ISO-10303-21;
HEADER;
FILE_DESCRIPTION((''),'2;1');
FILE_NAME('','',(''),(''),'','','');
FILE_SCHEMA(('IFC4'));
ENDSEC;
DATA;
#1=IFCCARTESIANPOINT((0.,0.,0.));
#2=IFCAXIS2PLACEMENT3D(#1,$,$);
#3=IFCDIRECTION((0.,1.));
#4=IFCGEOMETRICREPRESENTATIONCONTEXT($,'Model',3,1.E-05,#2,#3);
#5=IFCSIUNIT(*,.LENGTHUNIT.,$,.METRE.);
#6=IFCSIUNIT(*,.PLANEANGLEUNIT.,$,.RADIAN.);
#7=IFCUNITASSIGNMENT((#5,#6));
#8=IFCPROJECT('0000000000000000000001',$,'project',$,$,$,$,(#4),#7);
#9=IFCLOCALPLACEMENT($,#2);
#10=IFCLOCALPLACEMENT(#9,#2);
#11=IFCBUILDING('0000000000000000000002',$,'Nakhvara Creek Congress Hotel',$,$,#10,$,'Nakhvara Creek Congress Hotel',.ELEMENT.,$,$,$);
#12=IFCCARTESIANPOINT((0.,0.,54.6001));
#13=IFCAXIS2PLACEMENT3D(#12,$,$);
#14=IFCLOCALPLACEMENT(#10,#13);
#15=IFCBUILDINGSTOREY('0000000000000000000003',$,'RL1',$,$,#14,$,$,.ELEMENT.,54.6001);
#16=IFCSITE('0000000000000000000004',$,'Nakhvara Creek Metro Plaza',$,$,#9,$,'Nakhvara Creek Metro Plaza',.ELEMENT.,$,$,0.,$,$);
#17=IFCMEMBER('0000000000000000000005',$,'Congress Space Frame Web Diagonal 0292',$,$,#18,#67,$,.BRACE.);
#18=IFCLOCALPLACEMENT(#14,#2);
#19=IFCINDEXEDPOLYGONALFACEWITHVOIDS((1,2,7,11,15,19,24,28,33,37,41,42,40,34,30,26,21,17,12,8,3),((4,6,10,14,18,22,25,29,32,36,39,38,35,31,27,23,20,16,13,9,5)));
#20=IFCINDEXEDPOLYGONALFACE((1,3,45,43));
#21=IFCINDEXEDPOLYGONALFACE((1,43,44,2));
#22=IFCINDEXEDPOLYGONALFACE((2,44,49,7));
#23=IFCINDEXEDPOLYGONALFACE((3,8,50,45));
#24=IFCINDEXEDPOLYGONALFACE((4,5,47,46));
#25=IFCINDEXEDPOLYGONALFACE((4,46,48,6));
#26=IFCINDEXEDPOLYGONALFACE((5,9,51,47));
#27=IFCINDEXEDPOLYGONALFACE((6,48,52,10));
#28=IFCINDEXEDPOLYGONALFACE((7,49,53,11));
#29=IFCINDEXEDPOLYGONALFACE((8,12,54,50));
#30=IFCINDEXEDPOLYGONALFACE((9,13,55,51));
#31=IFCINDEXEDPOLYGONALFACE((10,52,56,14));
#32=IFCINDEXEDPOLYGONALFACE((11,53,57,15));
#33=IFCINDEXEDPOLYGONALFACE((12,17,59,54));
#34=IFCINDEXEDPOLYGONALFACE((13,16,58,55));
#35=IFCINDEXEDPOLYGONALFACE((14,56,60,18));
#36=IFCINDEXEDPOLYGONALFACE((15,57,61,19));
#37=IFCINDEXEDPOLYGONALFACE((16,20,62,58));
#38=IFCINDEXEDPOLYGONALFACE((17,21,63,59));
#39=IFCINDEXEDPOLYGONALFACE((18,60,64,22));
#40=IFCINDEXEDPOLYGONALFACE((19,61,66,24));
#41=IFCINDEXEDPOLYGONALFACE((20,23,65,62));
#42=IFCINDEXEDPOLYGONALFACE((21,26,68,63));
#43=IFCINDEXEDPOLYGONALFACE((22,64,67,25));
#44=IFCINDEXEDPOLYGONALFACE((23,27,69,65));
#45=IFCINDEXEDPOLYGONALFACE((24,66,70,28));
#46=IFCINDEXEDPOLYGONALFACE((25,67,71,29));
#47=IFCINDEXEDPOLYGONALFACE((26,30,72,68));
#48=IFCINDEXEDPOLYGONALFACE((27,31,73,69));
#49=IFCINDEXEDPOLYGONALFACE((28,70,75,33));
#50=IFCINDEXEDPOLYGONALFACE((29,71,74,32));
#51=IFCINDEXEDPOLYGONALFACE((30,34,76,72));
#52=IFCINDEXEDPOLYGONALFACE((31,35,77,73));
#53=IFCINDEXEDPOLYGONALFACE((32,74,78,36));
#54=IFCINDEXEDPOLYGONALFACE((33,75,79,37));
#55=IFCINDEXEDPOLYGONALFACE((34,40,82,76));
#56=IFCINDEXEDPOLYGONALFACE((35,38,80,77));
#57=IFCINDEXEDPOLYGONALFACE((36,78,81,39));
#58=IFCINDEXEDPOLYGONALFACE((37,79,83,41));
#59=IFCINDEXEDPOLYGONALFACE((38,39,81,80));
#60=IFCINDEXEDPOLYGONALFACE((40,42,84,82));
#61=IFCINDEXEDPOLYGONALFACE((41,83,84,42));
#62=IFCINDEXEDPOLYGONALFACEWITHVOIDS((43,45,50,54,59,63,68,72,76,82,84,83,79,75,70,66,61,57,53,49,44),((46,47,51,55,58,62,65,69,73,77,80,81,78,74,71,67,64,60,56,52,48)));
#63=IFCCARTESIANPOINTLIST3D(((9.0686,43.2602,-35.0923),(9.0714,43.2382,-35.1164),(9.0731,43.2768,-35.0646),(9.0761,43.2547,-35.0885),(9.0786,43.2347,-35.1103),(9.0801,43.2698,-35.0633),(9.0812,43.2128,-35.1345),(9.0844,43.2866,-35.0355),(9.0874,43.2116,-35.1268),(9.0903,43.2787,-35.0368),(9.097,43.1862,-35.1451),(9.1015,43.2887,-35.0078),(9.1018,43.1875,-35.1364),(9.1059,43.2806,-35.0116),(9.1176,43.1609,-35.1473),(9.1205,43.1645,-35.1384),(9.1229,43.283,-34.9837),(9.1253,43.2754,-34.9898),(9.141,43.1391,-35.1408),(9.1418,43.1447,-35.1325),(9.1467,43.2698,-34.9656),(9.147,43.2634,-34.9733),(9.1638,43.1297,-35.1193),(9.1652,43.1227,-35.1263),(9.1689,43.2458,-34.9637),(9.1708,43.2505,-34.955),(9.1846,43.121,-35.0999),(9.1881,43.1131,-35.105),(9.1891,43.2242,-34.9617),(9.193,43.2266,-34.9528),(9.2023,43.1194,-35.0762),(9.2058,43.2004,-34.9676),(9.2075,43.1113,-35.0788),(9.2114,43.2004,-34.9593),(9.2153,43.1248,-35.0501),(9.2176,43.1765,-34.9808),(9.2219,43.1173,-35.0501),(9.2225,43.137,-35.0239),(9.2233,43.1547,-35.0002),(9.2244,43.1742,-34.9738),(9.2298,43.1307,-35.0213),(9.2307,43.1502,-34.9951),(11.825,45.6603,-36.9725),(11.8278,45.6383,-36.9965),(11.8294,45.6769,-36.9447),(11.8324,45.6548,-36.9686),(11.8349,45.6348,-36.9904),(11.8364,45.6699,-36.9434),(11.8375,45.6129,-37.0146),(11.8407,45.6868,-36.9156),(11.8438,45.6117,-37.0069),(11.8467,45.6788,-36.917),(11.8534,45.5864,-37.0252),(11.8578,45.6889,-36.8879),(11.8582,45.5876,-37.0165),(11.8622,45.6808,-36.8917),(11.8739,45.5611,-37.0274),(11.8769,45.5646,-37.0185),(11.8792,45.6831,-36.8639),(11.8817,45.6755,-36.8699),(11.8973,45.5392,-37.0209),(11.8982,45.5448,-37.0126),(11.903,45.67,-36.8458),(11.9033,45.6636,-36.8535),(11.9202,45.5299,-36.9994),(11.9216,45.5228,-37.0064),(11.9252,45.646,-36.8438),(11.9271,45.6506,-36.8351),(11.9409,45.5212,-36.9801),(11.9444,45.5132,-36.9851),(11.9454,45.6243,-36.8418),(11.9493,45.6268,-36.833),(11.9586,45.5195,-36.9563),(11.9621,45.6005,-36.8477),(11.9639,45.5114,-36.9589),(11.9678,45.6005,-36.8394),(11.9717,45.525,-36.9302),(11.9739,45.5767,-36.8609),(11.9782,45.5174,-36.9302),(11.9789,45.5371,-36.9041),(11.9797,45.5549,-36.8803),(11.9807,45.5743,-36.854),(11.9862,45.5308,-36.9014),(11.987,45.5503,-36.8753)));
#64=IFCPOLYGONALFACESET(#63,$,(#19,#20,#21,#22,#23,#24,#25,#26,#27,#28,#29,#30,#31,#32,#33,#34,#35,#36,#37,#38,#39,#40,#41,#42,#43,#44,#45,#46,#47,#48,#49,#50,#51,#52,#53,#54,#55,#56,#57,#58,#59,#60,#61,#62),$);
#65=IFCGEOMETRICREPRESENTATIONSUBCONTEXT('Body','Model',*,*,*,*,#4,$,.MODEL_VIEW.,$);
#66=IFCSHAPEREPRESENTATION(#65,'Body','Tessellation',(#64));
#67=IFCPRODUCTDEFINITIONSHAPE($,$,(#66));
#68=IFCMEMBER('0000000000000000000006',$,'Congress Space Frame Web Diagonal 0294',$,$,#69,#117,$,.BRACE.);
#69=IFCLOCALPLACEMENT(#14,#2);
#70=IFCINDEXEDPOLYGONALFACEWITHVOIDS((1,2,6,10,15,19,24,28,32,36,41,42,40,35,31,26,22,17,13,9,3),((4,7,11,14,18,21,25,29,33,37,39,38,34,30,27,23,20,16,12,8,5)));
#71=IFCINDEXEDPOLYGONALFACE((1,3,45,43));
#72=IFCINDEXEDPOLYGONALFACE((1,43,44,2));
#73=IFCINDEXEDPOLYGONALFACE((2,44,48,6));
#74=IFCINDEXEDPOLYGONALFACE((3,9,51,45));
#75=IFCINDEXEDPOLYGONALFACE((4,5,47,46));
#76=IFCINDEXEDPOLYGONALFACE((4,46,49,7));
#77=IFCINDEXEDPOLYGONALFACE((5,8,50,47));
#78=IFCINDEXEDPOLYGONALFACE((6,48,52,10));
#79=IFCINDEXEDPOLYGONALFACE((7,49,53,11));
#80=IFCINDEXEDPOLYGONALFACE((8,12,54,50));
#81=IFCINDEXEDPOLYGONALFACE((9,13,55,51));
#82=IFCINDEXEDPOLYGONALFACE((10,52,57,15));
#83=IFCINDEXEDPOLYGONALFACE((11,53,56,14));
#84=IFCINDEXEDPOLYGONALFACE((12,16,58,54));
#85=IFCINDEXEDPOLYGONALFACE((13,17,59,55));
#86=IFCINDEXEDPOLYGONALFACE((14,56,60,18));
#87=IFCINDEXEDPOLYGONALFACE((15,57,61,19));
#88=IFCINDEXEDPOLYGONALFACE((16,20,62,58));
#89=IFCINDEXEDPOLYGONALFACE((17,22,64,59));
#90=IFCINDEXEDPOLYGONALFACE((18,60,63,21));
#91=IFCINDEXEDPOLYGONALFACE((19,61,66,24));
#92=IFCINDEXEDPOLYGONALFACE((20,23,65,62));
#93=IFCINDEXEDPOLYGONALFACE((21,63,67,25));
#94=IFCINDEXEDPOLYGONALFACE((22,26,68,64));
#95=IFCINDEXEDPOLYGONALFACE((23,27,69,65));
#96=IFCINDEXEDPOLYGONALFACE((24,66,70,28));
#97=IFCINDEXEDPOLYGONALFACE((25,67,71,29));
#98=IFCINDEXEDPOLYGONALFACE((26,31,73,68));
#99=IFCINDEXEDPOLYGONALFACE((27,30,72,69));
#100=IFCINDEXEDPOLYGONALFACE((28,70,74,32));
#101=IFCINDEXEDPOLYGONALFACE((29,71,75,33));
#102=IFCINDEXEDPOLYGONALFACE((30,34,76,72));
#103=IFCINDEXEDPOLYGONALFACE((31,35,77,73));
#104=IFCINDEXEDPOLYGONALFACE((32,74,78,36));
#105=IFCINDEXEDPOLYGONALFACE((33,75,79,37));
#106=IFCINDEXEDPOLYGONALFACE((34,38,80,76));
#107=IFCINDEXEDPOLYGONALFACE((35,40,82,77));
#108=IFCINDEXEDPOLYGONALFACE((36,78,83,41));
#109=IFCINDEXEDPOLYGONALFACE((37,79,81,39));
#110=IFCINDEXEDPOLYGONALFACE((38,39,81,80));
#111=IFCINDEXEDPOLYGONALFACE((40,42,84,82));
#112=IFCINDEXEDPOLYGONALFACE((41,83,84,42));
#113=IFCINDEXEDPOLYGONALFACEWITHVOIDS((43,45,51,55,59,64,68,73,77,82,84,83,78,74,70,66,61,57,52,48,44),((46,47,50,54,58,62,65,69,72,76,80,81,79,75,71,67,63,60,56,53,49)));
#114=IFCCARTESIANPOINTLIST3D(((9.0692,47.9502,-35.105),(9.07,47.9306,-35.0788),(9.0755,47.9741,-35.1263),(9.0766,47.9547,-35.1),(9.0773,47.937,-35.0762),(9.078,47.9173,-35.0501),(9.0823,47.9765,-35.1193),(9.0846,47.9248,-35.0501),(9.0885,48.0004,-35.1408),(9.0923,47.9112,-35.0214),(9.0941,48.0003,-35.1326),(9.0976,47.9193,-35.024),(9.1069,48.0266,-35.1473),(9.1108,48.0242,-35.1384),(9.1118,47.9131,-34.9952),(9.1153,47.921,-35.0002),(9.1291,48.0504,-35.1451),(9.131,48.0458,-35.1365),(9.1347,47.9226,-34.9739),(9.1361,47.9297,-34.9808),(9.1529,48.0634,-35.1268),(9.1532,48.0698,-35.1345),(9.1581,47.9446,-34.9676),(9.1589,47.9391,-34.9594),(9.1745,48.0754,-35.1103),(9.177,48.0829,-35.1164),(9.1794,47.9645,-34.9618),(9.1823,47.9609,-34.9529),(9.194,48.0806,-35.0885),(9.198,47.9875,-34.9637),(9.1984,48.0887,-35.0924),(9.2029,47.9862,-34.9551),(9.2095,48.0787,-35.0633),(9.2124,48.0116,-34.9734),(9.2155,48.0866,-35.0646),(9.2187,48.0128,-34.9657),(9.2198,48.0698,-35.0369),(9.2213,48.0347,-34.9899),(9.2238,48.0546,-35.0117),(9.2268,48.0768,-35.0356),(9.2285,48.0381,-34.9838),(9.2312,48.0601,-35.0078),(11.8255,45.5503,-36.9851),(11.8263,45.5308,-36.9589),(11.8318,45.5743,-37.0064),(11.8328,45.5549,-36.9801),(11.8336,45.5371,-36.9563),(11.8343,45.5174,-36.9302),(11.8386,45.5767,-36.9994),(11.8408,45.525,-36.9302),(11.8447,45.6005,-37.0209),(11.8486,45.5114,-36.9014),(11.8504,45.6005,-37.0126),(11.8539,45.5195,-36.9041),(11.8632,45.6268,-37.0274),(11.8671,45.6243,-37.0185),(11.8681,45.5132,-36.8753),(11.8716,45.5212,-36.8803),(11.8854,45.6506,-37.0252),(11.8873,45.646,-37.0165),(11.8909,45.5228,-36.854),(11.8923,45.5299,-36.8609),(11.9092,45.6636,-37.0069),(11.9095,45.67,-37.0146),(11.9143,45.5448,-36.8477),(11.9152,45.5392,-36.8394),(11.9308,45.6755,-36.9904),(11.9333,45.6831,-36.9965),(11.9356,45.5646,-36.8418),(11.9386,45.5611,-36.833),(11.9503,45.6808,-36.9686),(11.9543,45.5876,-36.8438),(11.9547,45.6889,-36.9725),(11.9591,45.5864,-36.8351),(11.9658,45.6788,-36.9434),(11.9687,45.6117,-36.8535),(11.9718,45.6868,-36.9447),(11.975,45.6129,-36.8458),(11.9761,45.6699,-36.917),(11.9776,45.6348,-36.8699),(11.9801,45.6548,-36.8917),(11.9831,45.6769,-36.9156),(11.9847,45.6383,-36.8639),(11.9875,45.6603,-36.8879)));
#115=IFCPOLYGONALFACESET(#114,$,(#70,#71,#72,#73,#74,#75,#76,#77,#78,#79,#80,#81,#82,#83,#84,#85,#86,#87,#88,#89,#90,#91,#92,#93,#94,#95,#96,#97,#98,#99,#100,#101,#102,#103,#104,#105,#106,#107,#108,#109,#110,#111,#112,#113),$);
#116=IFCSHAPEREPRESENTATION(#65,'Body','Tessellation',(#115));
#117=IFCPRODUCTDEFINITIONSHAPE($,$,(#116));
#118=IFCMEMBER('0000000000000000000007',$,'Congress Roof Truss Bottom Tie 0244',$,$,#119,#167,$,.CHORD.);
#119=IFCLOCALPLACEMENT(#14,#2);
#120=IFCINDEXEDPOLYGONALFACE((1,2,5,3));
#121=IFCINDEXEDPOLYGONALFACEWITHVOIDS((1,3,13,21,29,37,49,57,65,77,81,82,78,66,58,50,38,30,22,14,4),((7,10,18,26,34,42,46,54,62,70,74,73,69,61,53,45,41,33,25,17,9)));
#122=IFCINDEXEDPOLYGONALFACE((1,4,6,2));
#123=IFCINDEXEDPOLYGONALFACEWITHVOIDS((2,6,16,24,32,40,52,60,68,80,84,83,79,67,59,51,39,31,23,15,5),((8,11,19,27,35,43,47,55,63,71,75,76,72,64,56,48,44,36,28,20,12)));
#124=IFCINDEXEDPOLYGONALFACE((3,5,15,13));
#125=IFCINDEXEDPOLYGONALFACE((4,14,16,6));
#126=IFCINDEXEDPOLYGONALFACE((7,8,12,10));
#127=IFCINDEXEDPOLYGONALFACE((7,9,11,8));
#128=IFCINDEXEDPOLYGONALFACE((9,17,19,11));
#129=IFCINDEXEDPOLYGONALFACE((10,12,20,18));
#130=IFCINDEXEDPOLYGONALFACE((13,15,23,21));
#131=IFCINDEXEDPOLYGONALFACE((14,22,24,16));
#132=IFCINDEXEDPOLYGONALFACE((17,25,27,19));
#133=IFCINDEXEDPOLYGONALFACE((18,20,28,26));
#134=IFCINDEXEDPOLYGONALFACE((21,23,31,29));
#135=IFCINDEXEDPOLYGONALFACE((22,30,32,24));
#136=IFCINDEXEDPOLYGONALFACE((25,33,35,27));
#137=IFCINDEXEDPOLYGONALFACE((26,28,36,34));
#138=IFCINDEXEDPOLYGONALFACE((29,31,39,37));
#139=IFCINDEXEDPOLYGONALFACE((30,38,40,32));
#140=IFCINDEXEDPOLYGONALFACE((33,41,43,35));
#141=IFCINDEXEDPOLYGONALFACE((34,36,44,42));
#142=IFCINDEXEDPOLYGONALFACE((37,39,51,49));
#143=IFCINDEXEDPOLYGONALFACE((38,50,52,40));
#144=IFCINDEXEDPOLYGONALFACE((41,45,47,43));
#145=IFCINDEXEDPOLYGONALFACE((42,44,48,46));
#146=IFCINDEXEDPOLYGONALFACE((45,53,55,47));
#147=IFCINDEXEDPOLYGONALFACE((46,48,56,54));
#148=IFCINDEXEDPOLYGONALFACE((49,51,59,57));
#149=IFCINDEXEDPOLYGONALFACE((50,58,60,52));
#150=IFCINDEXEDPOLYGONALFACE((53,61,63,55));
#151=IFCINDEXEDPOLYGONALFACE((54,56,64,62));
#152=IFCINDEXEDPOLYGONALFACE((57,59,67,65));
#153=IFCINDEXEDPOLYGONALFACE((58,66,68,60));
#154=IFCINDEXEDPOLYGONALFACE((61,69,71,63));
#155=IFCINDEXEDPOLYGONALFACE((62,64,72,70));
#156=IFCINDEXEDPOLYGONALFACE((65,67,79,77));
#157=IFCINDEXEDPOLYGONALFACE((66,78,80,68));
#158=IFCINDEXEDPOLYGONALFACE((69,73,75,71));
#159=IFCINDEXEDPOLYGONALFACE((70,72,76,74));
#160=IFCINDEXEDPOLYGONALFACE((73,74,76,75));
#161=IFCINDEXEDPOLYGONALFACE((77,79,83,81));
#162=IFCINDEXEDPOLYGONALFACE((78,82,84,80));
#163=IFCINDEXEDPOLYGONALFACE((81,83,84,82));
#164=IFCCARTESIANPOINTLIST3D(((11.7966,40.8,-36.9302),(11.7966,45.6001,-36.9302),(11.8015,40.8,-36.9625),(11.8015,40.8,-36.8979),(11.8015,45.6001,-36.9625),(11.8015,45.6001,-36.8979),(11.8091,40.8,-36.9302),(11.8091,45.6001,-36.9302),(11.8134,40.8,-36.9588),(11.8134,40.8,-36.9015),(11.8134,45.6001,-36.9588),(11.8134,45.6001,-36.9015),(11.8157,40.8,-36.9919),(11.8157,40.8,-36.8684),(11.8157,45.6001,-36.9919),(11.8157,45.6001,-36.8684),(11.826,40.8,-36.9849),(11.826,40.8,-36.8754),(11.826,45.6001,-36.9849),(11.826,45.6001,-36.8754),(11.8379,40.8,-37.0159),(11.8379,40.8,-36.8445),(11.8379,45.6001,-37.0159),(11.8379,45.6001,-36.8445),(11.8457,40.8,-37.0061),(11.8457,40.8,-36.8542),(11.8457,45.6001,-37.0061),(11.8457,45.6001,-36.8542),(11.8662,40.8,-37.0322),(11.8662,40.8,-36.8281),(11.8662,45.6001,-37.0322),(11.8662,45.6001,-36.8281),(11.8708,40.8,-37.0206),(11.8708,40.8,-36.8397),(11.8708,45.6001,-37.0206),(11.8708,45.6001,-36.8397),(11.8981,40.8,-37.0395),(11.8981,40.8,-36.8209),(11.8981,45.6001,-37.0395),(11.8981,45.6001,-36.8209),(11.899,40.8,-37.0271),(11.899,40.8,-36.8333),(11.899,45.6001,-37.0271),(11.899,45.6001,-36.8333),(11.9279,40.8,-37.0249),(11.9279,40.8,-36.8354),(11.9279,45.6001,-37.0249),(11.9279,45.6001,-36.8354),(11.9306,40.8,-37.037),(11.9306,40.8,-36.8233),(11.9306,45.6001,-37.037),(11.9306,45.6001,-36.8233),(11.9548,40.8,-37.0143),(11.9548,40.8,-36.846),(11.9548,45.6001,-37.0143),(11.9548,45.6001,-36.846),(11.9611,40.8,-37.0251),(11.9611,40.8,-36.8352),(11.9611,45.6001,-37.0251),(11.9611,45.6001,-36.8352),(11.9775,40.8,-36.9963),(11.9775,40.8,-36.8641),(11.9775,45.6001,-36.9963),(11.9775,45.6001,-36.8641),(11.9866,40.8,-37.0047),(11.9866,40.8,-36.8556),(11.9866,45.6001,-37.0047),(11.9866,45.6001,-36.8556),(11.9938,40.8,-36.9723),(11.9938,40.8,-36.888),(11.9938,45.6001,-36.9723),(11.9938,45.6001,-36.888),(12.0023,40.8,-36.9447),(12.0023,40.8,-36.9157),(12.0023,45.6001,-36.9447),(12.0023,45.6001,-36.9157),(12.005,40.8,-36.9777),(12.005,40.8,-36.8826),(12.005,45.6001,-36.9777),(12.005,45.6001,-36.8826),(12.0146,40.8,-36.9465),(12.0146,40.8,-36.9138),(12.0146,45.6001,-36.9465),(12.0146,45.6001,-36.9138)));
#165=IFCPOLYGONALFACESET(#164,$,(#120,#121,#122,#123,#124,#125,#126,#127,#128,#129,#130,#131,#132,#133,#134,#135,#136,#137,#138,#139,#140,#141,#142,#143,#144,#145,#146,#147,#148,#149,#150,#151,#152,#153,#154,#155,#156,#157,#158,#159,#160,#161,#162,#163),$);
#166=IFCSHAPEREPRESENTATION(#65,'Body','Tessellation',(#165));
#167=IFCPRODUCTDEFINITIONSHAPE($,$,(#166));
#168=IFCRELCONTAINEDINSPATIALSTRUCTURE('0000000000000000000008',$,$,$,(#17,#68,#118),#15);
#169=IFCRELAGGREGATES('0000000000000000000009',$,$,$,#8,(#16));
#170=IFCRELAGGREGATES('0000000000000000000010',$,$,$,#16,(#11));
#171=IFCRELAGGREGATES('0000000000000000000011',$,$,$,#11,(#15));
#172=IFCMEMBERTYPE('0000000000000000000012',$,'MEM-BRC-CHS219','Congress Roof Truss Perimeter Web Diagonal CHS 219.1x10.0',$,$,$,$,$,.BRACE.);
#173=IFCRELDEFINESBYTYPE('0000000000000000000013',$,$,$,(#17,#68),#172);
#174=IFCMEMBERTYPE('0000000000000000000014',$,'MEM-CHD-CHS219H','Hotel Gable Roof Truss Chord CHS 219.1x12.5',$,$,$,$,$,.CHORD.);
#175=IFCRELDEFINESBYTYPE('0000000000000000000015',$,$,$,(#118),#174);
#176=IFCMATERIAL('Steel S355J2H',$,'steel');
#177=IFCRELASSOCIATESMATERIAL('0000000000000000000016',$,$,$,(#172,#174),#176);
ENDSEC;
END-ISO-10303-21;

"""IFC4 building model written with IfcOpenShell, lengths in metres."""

from ifc_helpers import new_model, si_unit, direction, frame, origin, origin_2d, place, context, subcontext, project, spatial, hollow_circle, extrude, material, material_profile, profile_set, type_object, element, save


model = new_model("IFC4")

# Units and contexts
model_context = context("Model", 3, precision=1e-05, world=origin(), true_north=direction((0.0, 1.0)))
body_context = subcontext(model_context, "Body", "Model", "MODEL_VIEW")
ifc_project = project(units=[si_unit("LENGTHUNIT", "METRE"), si_unit("PLANEANGLEUNIT", "RADIAN")], contexts=[model_context])

# Site, building, storey
site_placement = place(None, origin())
site = spatial("IfcSite", under=ifc_project, at=site_placement, Name="Nakhvara Creek Metro Plaza", LongName="Nakhvara Creek Metro Plaza", CompositionType="ELEMENT", RefElevation=0.0)
building_placement = place(site_placement, origin())
building = spatial("IfcBuilding", under=site, at=building_placement, Name="Nakhvara Creek Congress Hotel", LongName="Nakhvara Creek Congress Hotel", CompositionType="ELEMENT")
storey_placement = place(building_placement, frame((0.0, 0.0, 54.6001)))
storey = spatial("IfcBuildingStorey", under=building, at=storey_placement, Name="RL1", CompositionType="ELEMENT", Elevation=54.6001)

# Members
ifc_material_1 = material(Name="Steel S355J2H", Category="steel")
ifc_material_profile_1 = material_profile(ifc_material_1, hollow_circle(Radius=0.1096, WallThickness=0.01, at=origin_2d()), Name="CHS 219.1x10.0", Category="LoadBearing")
ifc_profile_set_1 = profile_set([ifc_material_profile_1], Name="Steel S355J2H")
member_type_1 = type_object("IfcMemberType", Name="MEM-BRC-CHS219", Description="Congress Roof Truss Perimeter Web Diagonal CHS 219.1x10.0", PredefinedType="BRACE", material=ifc_profile_set_1)
member_1_placement = place(storey_placement, frame((11.9062, 45.6001, -36.9302), z_axis=(-0.670626, -0.583961, 0.457439), x_axis=(0.656696, -0.754155, 0.0)))
element("IfcMember", 1, at=member_1_placement, inside=storey, type_object=member_type_1, Name="Congress Space Frame Web Diagonal 0292", PredefinedType="BRACE", context=body_context, shape_type="SweptSolid", body=[
    extrude(hollow_circle(Radius=0.1096, WallThickness=0.01, at=origin_2d()), origin(), (0.0, 0.0, 1.0), 4.1101),
])
member_2_placement = place(storey_placement, frame((11.9062, 45.6001, -36.9302), z_axis=(-0.670649, 0.583922, 0.457455), x_axis=(-0.656658, -0.754188, 0.0)))
element("IfcMember", 2, at=member_2_placement, inside=storey, type_object=member_type_1, Name="Congress Space Frame Web Diagonal 0294", PredefinedType="BRACE", context=body_context, shape_type="SweptSolid", body=[
    extrude(hollow_circle(Radius=0.1096, WallThickness=0.01, at=origin_2d()), origin(), (0.0, 0.0, 1.0), 4.1099),
])
ifc_material_profile_2 = material_profile(ifc_material_1, hollow_circle(Radius=0.1096, WallThickness=0.0125, at=origin_2d()), Name="CHS 219.1x12.5", Category="LoadBearing")
ifc_profile_set_2 = profile_set([ifc_material_profile_2], Name="Steel S355J2H")
member_type_2 = type_object("IfcMemberType", Name="MEM-CHD-CHS219H", Description="Hotel Gable Roof Truss Chord CHS 219.1x12.5", PredefinedType="CHORD", material=ifc_profile_set_2)
member_3_placement = place(storey_placement, frame((11.9062, 40.8, -36.9302), z_axis=(0.0, 1.0, 0.0), x_axis=(-1.0, 0.0, 0.0)))
element("IfcMember", 3, at=member_3_placement, inside=storey, type_object=member_type_2, Name="Congress Roof Truss Bottom Tie 0244", PredefinedType="CHORD", context=body_context, shape_type="SweptSolid", body=[
    extrude(hollow_circle(Radius=0.1096, WallThickness=0.0125, at=origin_2d()), origin(), (0.0, 0.0, 1.0), 4.8),
])

save(model, "model.ifc")
